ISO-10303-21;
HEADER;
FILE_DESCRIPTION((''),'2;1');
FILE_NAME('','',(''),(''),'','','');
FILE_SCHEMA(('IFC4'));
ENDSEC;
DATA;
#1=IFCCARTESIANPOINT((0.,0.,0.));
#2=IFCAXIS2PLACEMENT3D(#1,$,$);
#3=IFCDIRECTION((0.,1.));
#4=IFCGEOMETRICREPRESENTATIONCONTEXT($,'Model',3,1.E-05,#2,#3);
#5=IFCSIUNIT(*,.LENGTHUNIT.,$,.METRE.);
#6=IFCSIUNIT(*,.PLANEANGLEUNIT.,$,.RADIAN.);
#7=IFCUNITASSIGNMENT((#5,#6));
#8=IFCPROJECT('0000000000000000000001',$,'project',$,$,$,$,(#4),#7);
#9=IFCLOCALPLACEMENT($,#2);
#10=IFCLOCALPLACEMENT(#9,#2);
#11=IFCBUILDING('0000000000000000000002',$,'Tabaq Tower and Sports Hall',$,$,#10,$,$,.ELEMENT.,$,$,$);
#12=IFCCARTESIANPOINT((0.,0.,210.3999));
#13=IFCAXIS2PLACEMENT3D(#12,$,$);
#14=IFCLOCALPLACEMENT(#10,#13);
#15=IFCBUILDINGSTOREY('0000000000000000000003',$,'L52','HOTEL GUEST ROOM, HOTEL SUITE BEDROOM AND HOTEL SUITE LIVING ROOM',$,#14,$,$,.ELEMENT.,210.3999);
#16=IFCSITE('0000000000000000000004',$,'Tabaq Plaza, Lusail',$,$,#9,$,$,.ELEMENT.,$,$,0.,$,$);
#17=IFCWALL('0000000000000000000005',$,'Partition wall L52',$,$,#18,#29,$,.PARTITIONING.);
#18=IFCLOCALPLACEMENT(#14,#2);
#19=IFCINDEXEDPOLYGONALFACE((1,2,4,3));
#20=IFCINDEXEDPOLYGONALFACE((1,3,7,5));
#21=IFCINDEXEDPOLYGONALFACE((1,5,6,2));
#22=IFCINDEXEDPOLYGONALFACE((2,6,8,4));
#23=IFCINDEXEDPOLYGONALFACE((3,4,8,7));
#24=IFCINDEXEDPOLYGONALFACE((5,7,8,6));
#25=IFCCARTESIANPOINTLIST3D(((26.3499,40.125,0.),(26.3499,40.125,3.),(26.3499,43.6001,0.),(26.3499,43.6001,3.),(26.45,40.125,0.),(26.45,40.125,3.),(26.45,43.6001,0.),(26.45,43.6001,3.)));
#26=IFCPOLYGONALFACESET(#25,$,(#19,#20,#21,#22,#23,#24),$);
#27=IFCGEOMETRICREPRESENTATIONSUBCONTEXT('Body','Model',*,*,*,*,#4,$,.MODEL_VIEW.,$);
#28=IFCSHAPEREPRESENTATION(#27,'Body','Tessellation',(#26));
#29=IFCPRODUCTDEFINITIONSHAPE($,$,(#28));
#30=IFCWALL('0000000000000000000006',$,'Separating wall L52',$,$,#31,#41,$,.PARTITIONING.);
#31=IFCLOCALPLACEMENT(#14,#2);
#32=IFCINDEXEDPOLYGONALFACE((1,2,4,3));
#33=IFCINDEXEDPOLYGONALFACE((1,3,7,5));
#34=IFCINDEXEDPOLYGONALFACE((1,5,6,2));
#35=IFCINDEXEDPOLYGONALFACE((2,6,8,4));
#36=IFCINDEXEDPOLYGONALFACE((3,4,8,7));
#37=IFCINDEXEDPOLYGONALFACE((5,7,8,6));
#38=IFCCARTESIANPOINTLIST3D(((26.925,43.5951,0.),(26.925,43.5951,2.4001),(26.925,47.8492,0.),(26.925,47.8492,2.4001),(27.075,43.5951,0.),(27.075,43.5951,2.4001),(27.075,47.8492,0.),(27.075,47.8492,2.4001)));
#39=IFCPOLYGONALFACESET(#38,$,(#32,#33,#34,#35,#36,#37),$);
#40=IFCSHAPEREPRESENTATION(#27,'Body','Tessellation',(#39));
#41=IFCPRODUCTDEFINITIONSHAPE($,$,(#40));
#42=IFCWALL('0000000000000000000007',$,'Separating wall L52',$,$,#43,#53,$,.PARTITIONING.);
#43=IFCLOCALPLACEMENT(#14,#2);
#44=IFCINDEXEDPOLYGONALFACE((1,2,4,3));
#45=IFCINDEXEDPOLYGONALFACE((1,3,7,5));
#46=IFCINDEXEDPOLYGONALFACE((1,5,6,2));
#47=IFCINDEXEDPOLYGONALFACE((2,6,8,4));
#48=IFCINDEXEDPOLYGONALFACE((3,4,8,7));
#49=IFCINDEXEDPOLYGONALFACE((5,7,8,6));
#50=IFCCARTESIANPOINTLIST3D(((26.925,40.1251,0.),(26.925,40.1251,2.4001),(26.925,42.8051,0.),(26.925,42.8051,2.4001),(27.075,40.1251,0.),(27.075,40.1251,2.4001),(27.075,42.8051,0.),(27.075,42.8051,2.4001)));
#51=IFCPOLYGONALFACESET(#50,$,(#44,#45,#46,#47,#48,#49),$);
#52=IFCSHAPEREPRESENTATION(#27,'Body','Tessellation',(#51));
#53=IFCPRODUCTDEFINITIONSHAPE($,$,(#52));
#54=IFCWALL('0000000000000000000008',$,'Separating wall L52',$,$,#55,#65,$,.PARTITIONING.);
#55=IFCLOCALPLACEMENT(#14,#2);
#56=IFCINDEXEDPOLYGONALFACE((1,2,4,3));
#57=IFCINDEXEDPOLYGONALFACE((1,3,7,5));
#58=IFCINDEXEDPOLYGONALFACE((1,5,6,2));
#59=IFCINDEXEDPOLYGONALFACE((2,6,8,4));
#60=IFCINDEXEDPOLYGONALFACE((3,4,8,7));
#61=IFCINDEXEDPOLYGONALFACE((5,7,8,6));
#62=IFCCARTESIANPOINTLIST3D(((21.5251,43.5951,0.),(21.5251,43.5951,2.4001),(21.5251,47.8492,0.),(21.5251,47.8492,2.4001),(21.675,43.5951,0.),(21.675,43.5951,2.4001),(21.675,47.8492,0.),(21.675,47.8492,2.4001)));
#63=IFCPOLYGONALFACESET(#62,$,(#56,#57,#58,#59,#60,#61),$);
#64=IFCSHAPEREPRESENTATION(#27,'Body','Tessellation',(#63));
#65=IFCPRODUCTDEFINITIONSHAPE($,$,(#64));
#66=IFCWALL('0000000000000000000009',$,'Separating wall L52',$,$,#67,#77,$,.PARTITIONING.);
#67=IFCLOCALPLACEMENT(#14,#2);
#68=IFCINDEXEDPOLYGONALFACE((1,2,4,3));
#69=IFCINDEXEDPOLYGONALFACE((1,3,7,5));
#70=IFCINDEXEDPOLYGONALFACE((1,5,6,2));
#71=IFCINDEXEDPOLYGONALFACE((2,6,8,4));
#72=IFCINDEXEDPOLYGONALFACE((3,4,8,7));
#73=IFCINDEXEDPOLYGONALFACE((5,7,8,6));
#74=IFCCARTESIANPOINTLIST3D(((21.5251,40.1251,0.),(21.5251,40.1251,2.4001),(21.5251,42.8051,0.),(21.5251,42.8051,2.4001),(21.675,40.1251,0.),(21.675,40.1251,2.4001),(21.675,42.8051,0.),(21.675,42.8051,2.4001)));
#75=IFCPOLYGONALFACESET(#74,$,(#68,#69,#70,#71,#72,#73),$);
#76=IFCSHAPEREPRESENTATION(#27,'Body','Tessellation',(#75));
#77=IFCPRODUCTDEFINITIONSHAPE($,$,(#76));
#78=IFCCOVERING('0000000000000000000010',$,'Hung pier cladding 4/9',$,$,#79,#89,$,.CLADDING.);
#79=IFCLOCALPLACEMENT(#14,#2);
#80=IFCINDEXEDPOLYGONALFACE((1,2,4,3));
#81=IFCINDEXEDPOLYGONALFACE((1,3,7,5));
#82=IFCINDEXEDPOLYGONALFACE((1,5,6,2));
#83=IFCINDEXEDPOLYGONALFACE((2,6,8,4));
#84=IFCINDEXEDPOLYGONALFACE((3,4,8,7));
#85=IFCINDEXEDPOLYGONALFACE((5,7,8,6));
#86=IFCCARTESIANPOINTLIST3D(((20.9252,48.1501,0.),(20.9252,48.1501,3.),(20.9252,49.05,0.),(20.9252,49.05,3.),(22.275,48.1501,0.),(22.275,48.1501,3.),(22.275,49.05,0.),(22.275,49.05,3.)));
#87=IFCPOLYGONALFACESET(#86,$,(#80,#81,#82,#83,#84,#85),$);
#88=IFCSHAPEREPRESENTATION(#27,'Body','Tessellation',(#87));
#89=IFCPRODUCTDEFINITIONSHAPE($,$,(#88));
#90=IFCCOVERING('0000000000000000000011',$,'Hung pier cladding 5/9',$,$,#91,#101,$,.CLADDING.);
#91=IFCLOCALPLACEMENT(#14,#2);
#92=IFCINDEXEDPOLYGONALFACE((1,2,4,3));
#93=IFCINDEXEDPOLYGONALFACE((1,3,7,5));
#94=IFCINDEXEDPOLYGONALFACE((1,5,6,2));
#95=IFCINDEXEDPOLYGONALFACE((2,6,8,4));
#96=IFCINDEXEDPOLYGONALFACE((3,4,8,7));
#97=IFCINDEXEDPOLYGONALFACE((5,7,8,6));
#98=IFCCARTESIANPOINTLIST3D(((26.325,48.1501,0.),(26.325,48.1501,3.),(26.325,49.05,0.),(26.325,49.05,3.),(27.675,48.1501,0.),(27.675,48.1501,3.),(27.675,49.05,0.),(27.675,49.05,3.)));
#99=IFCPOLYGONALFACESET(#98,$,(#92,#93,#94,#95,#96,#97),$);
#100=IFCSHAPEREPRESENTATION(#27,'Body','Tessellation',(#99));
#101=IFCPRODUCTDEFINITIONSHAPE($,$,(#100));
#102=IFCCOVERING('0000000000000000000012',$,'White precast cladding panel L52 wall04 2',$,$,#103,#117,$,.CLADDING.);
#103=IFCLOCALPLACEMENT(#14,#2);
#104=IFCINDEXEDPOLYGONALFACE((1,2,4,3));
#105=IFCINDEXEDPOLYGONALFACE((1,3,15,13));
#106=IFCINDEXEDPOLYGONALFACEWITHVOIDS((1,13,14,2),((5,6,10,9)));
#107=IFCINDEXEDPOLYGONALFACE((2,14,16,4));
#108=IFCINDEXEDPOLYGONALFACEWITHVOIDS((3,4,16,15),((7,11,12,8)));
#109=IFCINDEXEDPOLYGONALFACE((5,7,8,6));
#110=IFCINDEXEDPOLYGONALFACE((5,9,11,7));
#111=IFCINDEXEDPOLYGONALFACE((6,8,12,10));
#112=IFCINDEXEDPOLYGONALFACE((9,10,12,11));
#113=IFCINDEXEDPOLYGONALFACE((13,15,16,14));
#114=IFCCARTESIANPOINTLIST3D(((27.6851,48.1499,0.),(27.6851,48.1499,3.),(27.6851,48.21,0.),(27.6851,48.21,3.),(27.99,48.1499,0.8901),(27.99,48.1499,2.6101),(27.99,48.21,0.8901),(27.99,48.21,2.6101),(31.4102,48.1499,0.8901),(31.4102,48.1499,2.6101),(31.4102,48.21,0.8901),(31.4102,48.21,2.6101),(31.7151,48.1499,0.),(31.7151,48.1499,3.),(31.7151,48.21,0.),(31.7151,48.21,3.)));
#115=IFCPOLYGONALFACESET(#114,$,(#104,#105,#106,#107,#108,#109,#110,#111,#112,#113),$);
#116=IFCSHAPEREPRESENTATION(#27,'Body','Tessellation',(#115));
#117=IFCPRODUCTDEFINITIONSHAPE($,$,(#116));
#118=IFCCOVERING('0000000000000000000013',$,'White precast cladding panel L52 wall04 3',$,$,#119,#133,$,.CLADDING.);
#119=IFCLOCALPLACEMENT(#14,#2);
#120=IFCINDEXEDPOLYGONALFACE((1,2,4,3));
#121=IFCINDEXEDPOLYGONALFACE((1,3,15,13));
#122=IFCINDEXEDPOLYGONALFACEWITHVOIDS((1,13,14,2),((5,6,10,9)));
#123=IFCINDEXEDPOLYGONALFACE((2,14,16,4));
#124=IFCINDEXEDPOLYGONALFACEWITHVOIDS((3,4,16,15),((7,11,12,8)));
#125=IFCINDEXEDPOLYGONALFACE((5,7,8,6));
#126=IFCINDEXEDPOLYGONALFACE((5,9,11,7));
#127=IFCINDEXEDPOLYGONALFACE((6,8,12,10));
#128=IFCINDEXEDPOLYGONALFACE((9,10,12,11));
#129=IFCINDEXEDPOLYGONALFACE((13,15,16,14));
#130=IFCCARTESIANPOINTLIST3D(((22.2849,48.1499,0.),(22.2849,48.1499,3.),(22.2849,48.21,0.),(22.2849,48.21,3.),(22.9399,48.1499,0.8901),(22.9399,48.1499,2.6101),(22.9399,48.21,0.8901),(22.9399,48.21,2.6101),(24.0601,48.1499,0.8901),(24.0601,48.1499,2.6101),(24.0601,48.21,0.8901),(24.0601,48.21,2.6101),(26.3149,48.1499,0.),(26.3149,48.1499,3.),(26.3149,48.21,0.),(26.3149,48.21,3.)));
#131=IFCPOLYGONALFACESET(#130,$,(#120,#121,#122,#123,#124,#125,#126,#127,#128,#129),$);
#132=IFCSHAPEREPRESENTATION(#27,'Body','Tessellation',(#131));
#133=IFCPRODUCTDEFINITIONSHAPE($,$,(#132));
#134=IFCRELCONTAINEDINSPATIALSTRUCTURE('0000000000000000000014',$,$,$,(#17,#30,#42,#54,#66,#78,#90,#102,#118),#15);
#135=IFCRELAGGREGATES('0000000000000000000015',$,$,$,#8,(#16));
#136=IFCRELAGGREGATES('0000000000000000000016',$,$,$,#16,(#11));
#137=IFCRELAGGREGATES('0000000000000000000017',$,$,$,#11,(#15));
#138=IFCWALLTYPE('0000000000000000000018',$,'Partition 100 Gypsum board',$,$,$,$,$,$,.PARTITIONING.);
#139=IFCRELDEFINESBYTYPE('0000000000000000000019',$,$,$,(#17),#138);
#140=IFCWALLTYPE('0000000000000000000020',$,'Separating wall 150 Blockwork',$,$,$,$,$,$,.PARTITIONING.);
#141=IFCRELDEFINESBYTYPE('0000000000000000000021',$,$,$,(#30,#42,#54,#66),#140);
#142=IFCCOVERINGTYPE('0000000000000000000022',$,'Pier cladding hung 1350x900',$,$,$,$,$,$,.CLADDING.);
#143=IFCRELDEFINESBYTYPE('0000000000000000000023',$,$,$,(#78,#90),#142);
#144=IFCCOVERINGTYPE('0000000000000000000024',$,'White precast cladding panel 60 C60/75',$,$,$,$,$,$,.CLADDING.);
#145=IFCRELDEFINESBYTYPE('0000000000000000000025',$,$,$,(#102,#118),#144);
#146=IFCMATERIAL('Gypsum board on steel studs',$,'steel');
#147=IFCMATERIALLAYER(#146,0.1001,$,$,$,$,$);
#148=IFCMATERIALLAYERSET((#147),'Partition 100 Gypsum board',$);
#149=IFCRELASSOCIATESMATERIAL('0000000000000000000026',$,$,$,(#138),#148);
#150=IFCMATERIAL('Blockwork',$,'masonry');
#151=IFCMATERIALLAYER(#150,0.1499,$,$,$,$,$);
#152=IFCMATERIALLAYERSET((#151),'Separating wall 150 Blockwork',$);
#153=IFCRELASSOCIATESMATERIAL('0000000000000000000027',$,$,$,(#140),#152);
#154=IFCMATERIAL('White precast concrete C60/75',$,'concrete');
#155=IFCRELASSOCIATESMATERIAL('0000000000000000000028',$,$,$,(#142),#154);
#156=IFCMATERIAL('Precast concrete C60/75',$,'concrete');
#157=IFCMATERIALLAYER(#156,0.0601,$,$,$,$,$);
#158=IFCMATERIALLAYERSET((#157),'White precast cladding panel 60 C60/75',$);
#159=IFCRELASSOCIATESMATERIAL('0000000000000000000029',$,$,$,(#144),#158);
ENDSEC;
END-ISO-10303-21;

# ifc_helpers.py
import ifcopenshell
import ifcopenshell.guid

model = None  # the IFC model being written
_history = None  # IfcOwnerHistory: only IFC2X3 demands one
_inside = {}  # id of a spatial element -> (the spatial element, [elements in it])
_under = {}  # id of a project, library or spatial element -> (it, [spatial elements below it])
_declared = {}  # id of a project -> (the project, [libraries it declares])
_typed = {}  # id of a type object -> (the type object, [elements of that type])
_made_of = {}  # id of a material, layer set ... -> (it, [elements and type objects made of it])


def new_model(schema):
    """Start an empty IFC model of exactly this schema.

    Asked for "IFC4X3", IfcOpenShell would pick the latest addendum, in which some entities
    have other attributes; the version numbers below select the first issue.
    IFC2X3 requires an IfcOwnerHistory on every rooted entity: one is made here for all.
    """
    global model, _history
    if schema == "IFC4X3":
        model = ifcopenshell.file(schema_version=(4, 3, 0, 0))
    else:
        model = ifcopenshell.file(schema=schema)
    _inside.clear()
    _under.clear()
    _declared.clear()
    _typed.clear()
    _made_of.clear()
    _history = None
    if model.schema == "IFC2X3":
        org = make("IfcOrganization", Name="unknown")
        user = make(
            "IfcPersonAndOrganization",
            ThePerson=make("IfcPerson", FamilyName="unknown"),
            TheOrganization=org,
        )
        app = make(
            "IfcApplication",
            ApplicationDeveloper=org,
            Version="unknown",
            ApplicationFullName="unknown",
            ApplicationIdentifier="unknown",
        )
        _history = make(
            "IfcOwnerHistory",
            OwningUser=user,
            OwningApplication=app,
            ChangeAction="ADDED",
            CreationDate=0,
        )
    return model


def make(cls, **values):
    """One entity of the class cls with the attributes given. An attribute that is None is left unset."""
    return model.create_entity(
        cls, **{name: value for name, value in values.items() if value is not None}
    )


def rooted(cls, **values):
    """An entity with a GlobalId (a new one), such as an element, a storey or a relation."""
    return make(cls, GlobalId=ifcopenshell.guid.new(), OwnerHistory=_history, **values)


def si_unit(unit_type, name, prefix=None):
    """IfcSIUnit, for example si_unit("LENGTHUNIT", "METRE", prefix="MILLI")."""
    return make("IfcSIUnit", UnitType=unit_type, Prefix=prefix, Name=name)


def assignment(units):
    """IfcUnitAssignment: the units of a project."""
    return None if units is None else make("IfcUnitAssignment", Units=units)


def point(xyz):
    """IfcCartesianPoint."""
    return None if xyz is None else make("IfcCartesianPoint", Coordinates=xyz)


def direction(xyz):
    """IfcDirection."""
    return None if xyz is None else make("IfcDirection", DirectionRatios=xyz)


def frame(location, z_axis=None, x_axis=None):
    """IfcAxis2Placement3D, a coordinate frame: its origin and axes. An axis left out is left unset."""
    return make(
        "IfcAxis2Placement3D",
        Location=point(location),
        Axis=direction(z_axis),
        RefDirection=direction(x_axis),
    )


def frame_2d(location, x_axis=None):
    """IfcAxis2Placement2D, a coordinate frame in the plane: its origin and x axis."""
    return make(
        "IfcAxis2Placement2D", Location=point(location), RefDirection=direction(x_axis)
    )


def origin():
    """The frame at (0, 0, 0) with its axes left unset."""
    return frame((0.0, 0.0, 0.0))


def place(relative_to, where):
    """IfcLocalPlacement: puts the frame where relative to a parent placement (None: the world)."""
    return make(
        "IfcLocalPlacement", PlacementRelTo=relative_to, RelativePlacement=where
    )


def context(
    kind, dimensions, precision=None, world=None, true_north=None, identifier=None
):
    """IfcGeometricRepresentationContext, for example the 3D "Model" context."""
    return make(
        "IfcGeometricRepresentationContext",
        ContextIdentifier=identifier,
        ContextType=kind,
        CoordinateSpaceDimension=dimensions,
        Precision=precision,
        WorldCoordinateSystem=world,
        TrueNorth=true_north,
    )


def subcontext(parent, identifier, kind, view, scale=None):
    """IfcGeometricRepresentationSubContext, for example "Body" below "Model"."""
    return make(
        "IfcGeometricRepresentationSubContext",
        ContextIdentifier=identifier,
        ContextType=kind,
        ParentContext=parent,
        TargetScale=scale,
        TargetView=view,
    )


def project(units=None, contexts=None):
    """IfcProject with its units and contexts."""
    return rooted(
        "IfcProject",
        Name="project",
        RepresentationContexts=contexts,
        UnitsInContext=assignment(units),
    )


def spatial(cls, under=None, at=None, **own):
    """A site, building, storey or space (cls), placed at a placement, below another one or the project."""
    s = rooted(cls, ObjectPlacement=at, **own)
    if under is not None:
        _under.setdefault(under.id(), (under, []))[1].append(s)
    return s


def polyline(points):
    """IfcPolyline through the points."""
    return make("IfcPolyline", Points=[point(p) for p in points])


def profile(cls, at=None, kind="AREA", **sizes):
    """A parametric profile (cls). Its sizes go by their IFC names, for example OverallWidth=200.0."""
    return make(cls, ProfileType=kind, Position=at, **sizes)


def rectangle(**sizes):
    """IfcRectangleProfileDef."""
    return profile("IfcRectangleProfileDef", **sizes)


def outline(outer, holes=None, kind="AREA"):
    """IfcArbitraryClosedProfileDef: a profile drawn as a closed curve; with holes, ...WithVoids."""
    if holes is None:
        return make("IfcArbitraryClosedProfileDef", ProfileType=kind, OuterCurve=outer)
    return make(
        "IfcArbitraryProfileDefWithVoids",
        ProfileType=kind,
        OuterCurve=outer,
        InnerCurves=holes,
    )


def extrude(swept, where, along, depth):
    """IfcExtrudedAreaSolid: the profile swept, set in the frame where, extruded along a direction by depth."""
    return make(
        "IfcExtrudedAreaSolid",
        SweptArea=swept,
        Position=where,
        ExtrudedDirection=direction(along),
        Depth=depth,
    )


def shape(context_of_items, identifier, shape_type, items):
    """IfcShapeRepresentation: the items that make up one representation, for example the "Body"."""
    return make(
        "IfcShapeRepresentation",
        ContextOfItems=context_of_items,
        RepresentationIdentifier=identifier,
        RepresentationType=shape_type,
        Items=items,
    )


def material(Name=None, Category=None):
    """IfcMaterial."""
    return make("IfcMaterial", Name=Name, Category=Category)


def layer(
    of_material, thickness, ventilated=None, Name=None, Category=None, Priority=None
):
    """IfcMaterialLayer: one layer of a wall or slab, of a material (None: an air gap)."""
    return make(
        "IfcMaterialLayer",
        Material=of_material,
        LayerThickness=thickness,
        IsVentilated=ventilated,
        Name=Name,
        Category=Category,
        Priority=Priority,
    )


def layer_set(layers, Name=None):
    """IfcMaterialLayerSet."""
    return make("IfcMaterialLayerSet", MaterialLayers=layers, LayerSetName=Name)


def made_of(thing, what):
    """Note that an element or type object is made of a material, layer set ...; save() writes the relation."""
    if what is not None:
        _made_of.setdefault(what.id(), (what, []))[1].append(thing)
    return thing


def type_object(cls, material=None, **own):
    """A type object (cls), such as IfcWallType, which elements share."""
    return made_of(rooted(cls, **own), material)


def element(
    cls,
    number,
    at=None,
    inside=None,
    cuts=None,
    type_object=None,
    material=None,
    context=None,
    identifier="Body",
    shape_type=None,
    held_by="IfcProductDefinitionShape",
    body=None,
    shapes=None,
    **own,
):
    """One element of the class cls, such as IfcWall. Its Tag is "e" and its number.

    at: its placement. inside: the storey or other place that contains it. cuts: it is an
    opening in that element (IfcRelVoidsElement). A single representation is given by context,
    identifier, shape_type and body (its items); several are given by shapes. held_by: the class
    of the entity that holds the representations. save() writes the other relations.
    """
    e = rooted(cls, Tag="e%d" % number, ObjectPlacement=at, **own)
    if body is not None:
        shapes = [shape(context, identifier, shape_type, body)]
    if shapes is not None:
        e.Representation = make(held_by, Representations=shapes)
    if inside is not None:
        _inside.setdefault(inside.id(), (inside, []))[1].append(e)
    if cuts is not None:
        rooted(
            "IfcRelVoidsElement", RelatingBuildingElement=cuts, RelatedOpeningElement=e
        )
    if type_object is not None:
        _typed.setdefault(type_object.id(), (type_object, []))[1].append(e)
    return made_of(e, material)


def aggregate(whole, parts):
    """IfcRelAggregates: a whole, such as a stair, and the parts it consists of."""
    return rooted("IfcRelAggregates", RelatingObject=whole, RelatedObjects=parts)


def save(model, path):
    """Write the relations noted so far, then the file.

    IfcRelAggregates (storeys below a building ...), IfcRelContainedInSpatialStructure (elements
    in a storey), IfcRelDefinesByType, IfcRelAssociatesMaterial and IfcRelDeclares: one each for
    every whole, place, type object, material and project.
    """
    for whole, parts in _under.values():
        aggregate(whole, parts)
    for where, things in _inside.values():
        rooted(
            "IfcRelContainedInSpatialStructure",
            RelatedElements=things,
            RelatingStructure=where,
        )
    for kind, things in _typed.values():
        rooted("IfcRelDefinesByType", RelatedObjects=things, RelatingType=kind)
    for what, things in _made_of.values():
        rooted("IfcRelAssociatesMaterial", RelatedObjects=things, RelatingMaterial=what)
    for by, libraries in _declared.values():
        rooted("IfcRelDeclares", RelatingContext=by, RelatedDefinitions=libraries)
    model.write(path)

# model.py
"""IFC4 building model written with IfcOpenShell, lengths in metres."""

from ifc_helpers import new_model, si_unit, direction, frame, frame_2d, origin, place, context, subcontext, project, spatial, polyline, rectangle, outline, extrude, material, layer, layer_set, type_object, element, save


model = new_model("IFC4")

# Units and contexts
model_context = context("Model", 3, precision=1e-05, world=origin(), true_north=direction((0.0, 1.0)))
body_context = subcontext(model_context, "Body", "Model", "MODEL_VIEW")
ifc_project = project(units=[si_unit("LENGTHUNIT", "METRE"), si_unit("PLANEANGLEUNIT", "RADIAN")], contexts=[model_context])

# Site, building, storey
site_placement = place(None, origin())
site = spatial("IfcSite", under=ifc_project, at=site_placement, Name="Tabaq Plaza, Lusail", CompositionType="ELEMENT", RefElevation=0.0)
building_placement = place(site_placement, origin())
building = spatial("IfcBuilding", under=site, at=building_placement, Name="Tabaq Tower and Sports Hall", CompositionType="ELEMENT")
storey_placement = place(building_placement, frame((0.0, 0.0, 210.3999)))
storey = spatial("IfcBuildingStorey", under=building, at=storey_placement, Name="L52", Description="HOTEL GUEST ROOM, HOTEL SUITE BEDROOM AND HOTEL SUITE LIVING ROOM", CompositionType="ELEMENT", Elevation=210.3999)

# Shared definitions
ifc_material_1 = material(Name="Gypsum board on steel studs", Category="steel")
ifc_layer_1 = layer(ifc_material_1, 0.1001)
ifc_layer_set_1 = layer_set([ifc_layer_1], Name="Partition 100 Gypsum board")
wall_type_1 = type_object("IfcWallType", Name="Partition 100 Gypsum board", PredefinedType="PARTITIONING", material=ifc_layer_set_1)

# Walls
wall_1_placement = place(storey_placement, frame((26.3999, 43.6001, 0.0), z_axis=(0.0, 0.0, 1.0), x_axis=(0.0, -1.0, 0.0)))
element("IfcWall", 1, at=wall_1_placement, inside=storey, type_object=wall_type_1, Name="Partition wall L52", PredefinedType="PARTITIONING", context=body_context, shape_type="SweptSolid", body=[
    extrude(rectangle(XDim=3.4751, YDim=0.1001, at=frame_2d((1.7375, 0.0))), origin(), (0.0, 0.0, 1.0), 3.0),
])
ifc_material_2 = material(Name="Blockwork", Category="masonry")
ifc_layer_2 = layer(ifc_material_2, 0.1499)
ifc_layer_set_2 = layer_set([ifc_layer_2], Name="Separating wall 150 Blockwork")
wall_type_2 = type_object("IfcWallType", Name="Separating wall 150 Blockwork", PredefinedType="PARTITIONING", material=ifc_layer_set_2)
wall_2_placement = place(storey_placement, frame((27.0, 47.8491, 0.0), z_axis=(0.0, 0.0, 1.0), x_axis=(0.0, -1.0, 0.0)))
element("IfcWall", 2, at=wall_2_placement, inside=storey, type_object=wall_type_2, Name="Separating wall L52", PredefinedType="PARTITIONING", context=body_context, shape_type="SweptSolid", body=[
    extrude(rectangle(XDim=4.2542, YDim=0.1499, at=frame_2d((2.127, 0.0))), origin(), (0.0, 0.0, 1.0), 2.4001),
])
wall_3_placement = place(storey_placement, frame((27.0, 42.8049, 0.0), z_axis=(0.0, 0.0, 1.0), x_axis=(0.0, -1.0, 0.0)))
element("IfcWall", 3, at=wall_3_placement, inside=storey, type_object=wall_type_2, Name="Separating wall L52", PredefinedType="PARTITIONING", context=body_context, shape_type="SweptSolid", body=[
    extrude(rectangle(XDim=2.6799, YDim=0.1499, at=frame_2d((1.3398, 0.0))), origin(), (0.0, 0.0, 1.0), 2.4001),
])
wall_4_placement = place(storey_placement, frame((21.6001, 47.8491, 0.0), z_axis=(0.0, 0.0, 1.0), x_axis=(0.0, -1.0, 0.0)))
element("IfcWall", 4, at=wall_4_placement, inside=storey, type_object=wall_type_2, Name="Separating wall L52", PredefinedType="PARTITIONING", context=body_context, shape_type="SweptSolid", body=[
    extrude(rectangle(XDim=4.2542, YDim=0.1499, at=frame_2d((2.127, 0.0))), origin(), (0.0, 0.0, 1.0), 2.4001),
])
wall_5_placement = place(storey_placement, frame((21.6001, 42.8049, 0.0), z_axis=(0.0, 0.0, 1.0), x_axis=(0.0, -1.0, 0.0)))
element("IfcWall", 5, at=wall_5_placement, inside=storey, type_object=wall_type_2, Name="Separating wall L52", PredefinedType="PARTITIONING", context=body_context, shape_type="SweptSolid", body=[
    extrude(rectangle(XDim=2.6799, YDim=0.1499, at=frame_2d((1.3398, 0.0))), origin(), (0.0, 0.0, 1.0), 2.4001),
])

# Coverings
ifc_material_3 = material(Name="White precast concrete C60/75", Category="concrete")
covering_type_1 = type_object("IfcCoveringType", Name="Pier cladding hung 1350x900", PredefinedType="CLADDING", material=ifc_material_3)
covering_1_placement = place(storey_placement, frame((22.2749, 48.6001, 0.0), z_axis=(0.0, 0.0, 1.0), x_axis=(-1.0, 0.0, 0.0)))
element("IfcCovering", 6, at=covering_1_placement, inside=storey, type_object=covering_type_1, Name="Hung pier cladding 4/9", PredefinedType="CLADDING", context=body_context, shape_type="SweptSolid", body=[
    extrude(rectangle(XDim=1.3499, YDim=0.8999, at=frame_2d((0.6748, 0.0))), origin(), (0.0, 0.0, 1.0), 3.0),
])
covering_2_placement = place(storey_placement, frame((27.675, 48.6001, 0.0), z_axis=(0.0, 0.0, 1.0), x_axis=(-1.0, 0.0, 0.0)))
element("IfcCovering", 7, at=covering_2_placement, inside=storey, type_object=covering_type_1, Name="Hung pier cladding 5/9", PredefinedType="CLADDING", context=body_context, shape_type="SweptSolid", body=[
    extrude(rectangle(XDim=1.3501, YDim=0.8999, at=frame_2d((0.675, 0.0))), origin(), (0.0, 0.0, 1.0), 3.0),
])
ifc_material_4 = material(Name="Precast concrete C60/75", Category="concrete")
ifc_layer_3 = layer(ifc_material_4, 0.0601)
ifc_layer_set_3 = layer_set([ifc_layer_3], Name="White precast cladding panel 60 C60/75")
covering_type_2 = type_object("IfcCoveringType", Name="White precast cladding panel 60 C60/75", PredefinedType="CLADDING", material=ifc_layer_set_3)
covering_3_placement = place(storey_placement, frame((31.7151, 48.1799, 0.0), z_axis=(0.0, 0.0, 1.0), x_axis=(-1.0, 0.0, 0.0)))
element("IfcCovering", 8, at=covering_3_placement, inside=storey, type_object=covering_type_2, Name="White precast cladding panel L52 wall04 2", PredefinedType="CLADDING", context=body_context, shape_type="SweptSolid", body=[
    extrude(outline(polyline([(0.0, 0.0), (4.03, 0.0), (4.03, 3.0), (0.0, 3.0), (0.0, 0.0)]), holes=[polyline([(0.3049, 0.8901), (0.3049, 2.6101), (3.7251, 2.6101), (3.7251, 0.8901), (0.3049, 0.8901)])]), frame((0.0, 0.03, 0.0), z_axis=(0.0, -1.0, 0.0), x_axis=(1.0, 0.0, 0.0)), (0.0, 0.0, 1.0), 0.0601),
])
covering_4_placement = place(storey_placement, frame((26.3149, 48.1799, 0.0), z_axis=(0.0, 0.0, 1.0), x_axis=(-1.0, 0.0, 0.0)))
element("IfcCovering", 9, at=covering_4_placement, inside=storey, type_object=covering_type_2, Name="White precast cladding panel L52 wall04 3", PredefinedType="CLADDING", context=body_context, shape_type="SweptSolid", body=[
    extrude(outline(polyline([(0.0, 0.0), (4.03, 0.0), (4.03, 3.0), (0.0, 3.0), (0.0, 0.0)]), holes=[polyline([(2.2549, 0.8901), (2.2549, 2.6101), (3.375, 2.6101), (3.375, 0.8901), (2.2549, 0.8901)])]), frame((0.0, 0.03, 0.0), z_axis=(0.0, -1.0, 0.0), x_axis=(1.0, 0.0, 0.0)), (0.0, 0.0, 1.0), 0.0601),
])

save(model, "model.ifc")
